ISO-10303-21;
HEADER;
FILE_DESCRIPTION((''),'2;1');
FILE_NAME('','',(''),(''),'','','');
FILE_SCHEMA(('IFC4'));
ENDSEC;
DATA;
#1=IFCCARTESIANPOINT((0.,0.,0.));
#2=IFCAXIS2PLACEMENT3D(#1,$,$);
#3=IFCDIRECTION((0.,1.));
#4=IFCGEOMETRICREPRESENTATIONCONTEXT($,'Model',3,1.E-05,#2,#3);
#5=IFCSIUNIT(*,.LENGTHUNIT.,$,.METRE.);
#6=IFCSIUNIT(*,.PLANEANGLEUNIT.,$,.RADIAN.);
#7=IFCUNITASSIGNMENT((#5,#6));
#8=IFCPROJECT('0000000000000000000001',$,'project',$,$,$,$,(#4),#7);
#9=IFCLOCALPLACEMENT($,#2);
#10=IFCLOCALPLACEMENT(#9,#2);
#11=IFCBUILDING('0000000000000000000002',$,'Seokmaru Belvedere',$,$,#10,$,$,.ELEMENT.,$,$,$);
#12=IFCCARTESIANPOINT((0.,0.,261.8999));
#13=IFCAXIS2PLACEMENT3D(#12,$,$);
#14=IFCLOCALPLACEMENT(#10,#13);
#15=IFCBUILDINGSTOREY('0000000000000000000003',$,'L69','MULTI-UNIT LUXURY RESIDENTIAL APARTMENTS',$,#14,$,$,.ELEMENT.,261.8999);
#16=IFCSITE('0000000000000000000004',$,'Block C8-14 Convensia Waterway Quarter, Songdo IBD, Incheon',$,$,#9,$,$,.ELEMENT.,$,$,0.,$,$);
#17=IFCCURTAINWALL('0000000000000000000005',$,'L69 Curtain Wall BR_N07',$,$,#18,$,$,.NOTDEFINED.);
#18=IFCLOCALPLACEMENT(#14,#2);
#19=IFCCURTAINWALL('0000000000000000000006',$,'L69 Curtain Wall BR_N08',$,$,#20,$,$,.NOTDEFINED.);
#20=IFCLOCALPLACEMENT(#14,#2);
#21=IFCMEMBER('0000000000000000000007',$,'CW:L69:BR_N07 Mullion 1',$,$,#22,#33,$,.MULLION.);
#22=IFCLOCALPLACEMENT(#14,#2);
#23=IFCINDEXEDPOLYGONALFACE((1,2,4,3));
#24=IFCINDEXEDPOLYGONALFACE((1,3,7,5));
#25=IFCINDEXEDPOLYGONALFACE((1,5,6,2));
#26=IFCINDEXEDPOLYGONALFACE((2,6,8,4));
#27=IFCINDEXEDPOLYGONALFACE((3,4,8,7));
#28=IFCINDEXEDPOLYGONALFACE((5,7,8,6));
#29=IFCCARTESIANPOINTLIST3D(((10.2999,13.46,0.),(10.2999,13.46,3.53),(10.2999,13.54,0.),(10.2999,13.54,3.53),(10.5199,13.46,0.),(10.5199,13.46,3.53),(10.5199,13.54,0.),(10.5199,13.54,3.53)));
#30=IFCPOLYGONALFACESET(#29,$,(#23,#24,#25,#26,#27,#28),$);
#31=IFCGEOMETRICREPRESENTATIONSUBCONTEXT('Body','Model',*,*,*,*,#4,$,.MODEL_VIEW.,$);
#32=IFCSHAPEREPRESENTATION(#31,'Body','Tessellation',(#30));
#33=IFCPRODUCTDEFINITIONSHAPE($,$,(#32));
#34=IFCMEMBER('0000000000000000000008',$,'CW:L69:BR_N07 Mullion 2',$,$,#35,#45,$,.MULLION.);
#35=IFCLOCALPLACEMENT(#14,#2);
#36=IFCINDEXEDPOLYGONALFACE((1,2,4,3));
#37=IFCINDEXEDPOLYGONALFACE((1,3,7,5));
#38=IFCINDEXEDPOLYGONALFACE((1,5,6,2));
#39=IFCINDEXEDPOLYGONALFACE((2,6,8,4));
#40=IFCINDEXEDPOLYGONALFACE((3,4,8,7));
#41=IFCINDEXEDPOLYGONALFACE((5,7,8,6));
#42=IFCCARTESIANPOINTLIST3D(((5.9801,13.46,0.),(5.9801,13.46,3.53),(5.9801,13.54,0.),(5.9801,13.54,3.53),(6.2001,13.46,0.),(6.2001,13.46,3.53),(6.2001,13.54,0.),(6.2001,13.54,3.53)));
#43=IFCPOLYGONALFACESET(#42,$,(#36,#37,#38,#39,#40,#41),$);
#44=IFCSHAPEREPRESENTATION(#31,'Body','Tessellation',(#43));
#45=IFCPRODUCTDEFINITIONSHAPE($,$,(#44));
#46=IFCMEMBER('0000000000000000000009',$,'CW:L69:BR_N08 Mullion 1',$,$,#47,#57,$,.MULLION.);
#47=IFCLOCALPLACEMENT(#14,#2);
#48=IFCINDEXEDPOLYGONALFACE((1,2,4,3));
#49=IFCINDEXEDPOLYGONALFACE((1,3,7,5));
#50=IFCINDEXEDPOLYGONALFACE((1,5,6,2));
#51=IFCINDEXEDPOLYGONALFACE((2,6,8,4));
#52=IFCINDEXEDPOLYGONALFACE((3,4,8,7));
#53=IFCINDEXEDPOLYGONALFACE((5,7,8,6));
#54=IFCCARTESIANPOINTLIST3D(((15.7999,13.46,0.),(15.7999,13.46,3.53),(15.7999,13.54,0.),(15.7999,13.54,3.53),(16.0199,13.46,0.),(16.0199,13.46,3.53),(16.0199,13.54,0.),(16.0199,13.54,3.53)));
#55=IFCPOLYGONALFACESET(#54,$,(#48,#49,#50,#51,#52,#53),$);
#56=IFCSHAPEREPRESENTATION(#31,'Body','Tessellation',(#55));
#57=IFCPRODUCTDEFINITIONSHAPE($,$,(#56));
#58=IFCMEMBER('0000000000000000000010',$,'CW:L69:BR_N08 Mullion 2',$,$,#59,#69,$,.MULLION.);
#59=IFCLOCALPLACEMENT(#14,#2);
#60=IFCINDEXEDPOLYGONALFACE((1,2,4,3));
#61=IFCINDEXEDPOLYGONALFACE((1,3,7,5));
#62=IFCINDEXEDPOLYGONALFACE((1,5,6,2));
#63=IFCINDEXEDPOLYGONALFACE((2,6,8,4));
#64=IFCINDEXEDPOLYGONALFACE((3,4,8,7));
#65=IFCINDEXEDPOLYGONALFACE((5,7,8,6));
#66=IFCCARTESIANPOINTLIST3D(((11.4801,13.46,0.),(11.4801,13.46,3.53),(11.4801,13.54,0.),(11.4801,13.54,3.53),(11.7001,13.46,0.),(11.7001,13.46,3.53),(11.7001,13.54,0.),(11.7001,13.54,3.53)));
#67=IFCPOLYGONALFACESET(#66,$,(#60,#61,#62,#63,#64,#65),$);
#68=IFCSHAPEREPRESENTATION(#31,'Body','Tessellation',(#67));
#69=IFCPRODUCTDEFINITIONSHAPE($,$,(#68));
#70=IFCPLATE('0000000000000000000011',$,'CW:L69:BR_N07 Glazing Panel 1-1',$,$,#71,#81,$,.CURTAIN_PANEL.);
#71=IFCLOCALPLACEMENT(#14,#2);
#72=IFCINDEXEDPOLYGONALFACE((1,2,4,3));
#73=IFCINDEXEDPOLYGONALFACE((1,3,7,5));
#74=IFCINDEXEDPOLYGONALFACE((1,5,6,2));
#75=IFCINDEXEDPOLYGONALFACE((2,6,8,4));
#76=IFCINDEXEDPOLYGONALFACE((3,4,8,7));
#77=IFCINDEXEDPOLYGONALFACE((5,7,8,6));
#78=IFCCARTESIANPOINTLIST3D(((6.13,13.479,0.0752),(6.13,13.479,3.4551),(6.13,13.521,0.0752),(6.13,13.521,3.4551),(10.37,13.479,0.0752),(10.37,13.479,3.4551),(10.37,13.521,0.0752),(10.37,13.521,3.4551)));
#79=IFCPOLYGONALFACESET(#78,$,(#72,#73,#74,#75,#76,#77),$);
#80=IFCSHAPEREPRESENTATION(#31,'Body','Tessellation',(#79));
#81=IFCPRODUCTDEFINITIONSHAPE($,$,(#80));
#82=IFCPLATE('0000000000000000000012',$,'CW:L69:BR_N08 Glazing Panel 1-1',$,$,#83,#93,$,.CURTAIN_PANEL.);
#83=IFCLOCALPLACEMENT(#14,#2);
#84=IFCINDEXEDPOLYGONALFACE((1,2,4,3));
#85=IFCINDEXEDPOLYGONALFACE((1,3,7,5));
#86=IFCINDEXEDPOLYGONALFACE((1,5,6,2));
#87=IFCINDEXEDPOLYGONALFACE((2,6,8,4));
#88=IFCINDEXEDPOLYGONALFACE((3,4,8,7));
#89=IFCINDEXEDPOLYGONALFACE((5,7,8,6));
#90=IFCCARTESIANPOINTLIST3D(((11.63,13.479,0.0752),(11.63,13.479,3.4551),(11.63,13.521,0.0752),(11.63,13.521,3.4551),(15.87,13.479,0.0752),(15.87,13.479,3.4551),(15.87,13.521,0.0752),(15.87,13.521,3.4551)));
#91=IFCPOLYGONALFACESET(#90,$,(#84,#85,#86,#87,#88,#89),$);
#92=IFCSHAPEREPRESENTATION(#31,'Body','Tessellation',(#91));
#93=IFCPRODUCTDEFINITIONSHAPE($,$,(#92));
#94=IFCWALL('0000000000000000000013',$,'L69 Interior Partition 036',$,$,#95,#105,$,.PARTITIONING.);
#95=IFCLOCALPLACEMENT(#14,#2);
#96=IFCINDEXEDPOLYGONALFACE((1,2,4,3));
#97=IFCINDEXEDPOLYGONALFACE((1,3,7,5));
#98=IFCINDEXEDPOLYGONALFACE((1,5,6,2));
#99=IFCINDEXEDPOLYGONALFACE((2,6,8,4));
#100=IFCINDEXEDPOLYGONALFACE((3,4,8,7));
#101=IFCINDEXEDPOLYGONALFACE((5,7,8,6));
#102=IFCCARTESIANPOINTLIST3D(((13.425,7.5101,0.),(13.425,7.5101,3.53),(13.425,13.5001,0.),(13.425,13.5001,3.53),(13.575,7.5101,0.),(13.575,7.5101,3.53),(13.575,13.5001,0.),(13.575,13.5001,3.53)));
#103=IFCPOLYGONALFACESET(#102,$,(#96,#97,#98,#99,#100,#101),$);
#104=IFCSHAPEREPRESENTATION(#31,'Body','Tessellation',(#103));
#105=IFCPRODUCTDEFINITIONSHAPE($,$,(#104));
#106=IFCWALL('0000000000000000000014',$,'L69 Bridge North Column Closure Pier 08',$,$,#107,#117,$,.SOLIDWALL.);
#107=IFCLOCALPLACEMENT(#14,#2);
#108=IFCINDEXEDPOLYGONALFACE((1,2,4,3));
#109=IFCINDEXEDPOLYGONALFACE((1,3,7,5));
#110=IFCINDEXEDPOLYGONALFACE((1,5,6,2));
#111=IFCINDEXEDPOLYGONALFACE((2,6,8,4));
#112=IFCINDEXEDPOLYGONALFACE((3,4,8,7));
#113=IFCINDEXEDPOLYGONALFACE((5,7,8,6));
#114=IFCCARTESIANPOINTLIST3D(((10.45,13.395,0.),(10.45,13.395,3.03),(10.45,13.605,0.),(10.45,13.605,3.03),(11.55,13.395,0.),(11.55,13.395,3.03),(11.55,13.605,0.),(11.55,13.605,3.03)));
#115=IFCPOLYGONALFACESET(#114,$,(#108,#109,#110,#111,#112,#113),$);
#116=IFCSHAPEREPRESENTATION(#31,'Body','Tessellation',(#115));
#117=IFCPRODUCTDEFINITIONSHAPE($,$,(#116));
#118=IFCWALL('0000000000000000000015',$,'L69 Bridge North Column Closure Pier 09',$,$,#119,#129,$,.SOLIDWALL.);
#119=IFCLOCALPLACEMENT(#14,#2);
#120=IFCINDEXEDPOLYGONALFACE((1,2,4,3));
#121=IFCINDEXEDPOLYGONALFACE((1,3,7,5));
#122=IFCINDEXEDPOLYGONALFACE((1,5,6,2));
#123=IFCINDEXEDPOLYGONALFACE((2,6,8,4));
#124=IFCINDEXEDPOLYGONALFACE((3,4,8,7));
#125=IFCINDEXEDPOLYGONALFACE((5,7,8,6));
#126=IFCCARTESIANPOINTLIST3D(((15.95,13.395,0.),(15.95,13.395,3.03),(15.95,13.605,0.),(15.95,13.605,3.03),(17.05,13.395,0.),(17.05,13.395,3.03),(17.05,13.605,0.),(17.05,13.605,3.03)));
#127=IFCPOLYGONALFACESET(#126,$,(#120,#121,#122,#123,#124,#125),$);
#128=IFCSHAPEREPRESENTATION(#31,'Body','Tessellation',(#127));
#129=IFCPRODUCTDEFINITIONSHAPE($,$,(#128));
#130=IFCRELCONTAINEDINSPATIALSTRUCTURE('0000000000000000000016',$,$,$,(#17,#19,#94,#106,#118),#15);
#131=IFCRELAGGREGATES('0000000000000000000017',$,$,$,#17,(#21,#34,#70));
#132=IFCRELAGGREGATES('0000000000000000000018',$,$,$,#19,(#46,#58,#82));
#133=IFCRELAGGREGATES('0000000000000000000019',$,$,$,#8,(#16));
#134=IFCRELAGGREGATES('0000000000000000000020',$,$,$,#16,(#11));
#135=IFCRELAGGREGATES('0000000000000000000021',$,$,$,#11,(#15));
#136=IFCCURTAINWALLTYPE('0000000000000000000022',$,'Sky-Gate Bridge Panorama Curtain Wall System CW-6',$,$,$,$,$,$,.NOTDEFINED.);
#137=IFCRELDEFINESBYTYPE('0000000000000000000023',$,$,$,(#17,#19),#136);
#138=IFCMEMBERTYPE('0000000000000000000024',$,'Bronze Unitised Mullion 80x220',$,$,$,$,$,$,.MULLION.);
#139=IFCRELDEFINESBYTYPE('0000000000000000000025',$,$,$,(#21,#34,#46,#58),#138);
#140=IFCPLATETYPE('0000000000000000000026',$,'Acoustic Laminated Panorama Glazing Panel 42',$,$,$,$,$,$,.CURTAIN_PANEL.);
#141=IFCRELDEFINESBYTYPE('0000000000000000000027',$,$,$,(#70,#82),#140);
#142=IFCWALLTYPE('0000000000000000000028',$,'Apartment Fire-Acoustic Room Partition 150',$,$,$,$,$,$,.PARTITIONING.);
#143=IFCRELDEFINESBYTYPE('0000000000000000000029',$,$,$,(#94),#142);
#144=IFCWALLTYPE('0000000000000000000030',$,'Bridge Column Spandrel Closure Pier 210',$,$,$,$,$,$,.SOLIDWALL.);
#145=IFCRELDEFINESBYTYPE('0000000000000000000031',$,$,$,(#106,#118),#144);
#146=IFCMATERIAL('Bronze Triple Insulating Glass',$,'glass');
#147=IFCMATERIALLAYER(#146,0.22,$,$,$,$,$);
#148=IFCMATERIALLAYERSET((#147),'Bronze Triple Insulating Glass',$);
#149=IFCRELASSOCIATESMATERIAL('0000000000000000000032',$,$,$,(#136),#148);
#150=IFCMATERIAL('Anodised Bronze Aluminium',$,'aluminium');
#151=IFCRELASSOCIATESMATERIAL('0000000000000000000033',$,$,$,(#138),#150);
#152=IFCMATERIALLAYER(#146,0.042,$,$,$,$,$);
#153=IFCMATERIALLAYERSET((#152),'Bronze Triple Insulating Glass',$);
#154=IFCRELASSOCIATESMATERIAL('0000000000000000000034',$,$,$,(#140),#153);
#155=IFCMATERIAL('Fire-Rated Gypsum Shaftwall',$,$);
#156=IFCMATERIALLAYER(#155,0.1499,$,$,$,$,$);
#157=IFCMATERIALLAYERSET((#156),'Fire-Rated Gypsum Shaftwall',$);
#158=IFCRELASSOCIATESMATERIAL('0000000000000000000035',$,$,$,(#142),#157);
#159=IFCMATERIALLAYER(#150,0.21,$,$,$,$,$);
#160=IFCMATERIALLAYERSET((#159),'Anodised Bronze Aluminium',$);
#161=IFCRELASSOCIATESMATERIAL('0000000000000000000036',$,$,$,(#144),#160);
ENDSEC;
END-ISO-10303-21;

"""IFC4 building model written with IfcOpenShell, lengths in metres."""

from ifc_helpers import new_model, si_unit, direction, frame, frame_2d, origin, origin_2d, place, context, subcontext, project, spatial, rectangle, extrude, source, transform, mapped, material, layer, layer_set, material_profile, profile_set, type_object, type_shapes, element, aggregate, save


model = new_model("IFC4")

# Units and contexts
model_context = context("Model", 3, precision=1e-05, world=origin(), true_north=direction((0.0, 1.0)))
body_context = subcontext(model_context, "Body", "Model", "MODEL_VIEW")
ifc_project = project(units=[si_unit("LENGTHUNIT", "METRE"), si_unit("PLANEANGLEUNIT", "RADIAN")], contexts=[model_context])

# Site, building, storey
site_placement = place(None, origin())
site = spatial("IfcSite", under=ifc_project, at=site_placement, Name="Block C8-14 Convensia Waterway Quarter, Songdo IBD, Incheon", CompositionType="ELEMENT", RefElevation=0.0)
building_placement = place(site_placement, origin())
building = spatial("IfcBuilding", under=site, at=building_placement, Name="Seokmaru Belvedere", CompositionType="ELEMENT")
storey_placement = place(building_placement, frame((0.0, 0.0, 261.8999)))
storey = spatial("IfcBuildingStorey", under=building, at=storey_placement, Name="L69", Description="MULTI-UNIT LUXURY RESIDENTIAL APARTMENTS", CompositionType="ELEMENT", Elevation=261.8999)

# Curtain walls
ifc_material_1 = material(Name="Bronze Triple Insulating Glass", Category="glass")
ifc_layer_1 = layer(ifc_material_1, 0.22)
ifc_layer_set_1 = layer_set([ifc_layer_1], Name="Bronze Triple Insulating Glass")
curtain_wall_type = type_object("IfcCurtainWallType", Name="Sky-Gate Bridge Panorama Curtain Wall System CW-6", PredefinedType="NOTDEFINED", material=ifc_layer_set_1)
curtain_wall_1_placement = place(storey_placement, origin())
curtain_wall_1 = element("IfcCurtainWall", 1, at=curtain_wall_1_placement, inside=storey, type_object=curtain_wall_type, Name="L69 Curtain Wall BR_N07", PredefinedType="NOTDEFINED")
ifc_material_2 = material(Name="Anodised Bronze Aluminium", Category="aluminium")
curtain_wall_2_placement = place(storey_placement, origin())
curtain_wall_2 = element("IfcCurtainWall", 2, at=curtain_wall_2_placement, inside=storey, type_object=curtain_wall_type, Name="L69 Curtain Wall BR_N08", PredefinedType="NOTDEFINED")

# Members
ifc_material_profile_1 = material_profile(ifc_material_2, rectangle(XDim=0.0801, YDim=0.22, at=origin_2d()), Name="CW-M-80x220")
ifc_profile_set_1 = profile_set([ifc_material_profile_1], Name="Anodised Bronze Aluminium")
member_type_1 = type_object("IfcMemberType", Name="Bronze Unitised Mullion 80x220", PredefinedType="MULLION", material=ifc_profile_set_1)
shared_shape_1 = source(origin(), body_context, "Body", "SweptSolid", [
    extrude(rectangle(XDim=0.0801, YDim=0.22, at=origin_2d()), origin(), (0.0, 0.0, 1.0), 3.53),
])
type_shapes(member_type_1, [shared_shape_1])
member_1_placement = place(storey_placement, frame((10.4099, 13.5, 0.0), z_axis=(0.0, 0.0, 1.0), x_axis=(0.0, -1.0, 0.0)))
member_1 = element("IfcMember", 3, at=member_1_placement, type_object=member_type_1, Name="CW:L69:BR_N07 Mullion 1", PredefinedType="MULLION", context=body_context, shape_type="MappedRepresentation", body=[
    mapped(shared_shape_1, transform((0.0, 0.0, 0.0), scale=1.0)),
])
member_2_placement = place(storey_placement, frame((6.0901, 13.5, 0.0), z_axis=(0.0, 0.0, 1.0), x_axis=(0.0, -1.0, 0.0)))
member_2 = element("IfcMember", 4, at=member_2_placement, type_object=member_type_1, Name="CW:L69:BR_N07 Mullion 2", PredefinedType="MULLION", context=body_context, shape_type="MappedRepresentation", body=[
    mapped(shared_shape_1, transform((0.0, 0.0, 0.0), scale=1.0)),
])
member_3_placement = place(storey_placement, frame((15.9099, 13.5, 0.0), z_axis=(0.0, 0.0, 1.0), x_axis=(0.0, -1.0, 0.0)))
member_3 = element("IfcMember", 5, at=member_3_placement, type_object=member_type_1, Name="CW:L69:BR_N08 Mullion 1", PredefinedType="MULLION", context=body_context, shape_type="MappedRepresentation", body=[
    mapped(shared_shape_1, transform((0.0, 0.0, 0.0), scale=1.0)),
])
member_4_placement = place(storey_placement, frame((11.5901, 13.5, 0.0), z_axis=(0.0, 0.0, 1.0), x_axis=(0.0, -1.0, 0.0)))
member_4 = element("IfcMember", 6, at=member_4_placement, type_object=member_type_1, Name="CW:L69:BR_N08 Mullion 2", PredefinedType="MULLION", context=body_context, shape_type="MappedRepresentation", body=[
    mapped(shared_shape_1, transform((0.0, 0.0, 0.0), scale=1.0)),
])

# Plates
ifc_layer_2 = layer(ifc_material_1, 0.042)
ifc_layer_set_2 = layer_set([ifc_layer_2], Name="Bronze Triple Insulating Glass")
plate_type = type_object("IfcPlateType", Name="Acoustic Laminated Panorama Glazing Panel 42", PredefinedType="CURTAIN_PANEL", material=ifc_layer_set_2)
shared_shape_2 = source(origin(), body_context, "Body", "SweptSolid", [
    extrude(rectangle(XDim=4.24, YDim=0.042, at=origin_2d()), origin(), (0.0, 0.0, 1.0), 3.3799),
])
type_shapes(plate_type, [shared_shape_2])
plate_1_placement = place(storey_placement, frame((8.25, 13.5, 0.0752), z_axis=(0.0, 0.0, 1.0), x_axis=(-1.0, 0.0, 0.0)))
plate_1 = element("IfcPlate", 7, at=plate_1_placement, type_object=plate_type, Name="CW:L69:BR_N07 Glazing Panel 1-1", PredefinedType="CURTAIN_PANEL", context=body_context, shape_type="MappedRepresentation", body=[
    mapped(shared_shape_2, transform((0.0, 0.0, 0.0), scale=1.0)),
])
aggregate(curtain_wall_1, [member_1, member_2, plate_1])
plate_2_placement = place(storey_placement, frame((13.75, 13.5, 0.0752), z_axis=(0.0, 0.0, 1.0), x_axis=(-1.0, 0.0, 0.0)))
plate_2 = element("IfcPlate", 8, at=plate_2_placement, type_object=plate_type, Name="CW:L69:BR_N08 Glazing Panel 1-1", PredefinedType="CURTAIN_PANEL", context=body_context, shape_type="MappedRepresentation", body=[
    mapped(shared_shape_2, transform((0.0, 0.0, 0.0), scale=1.0)),
])
aggregate(curtain_wall_2, [member_3, member_4, plate_2])

# Walls
ifc_material_3 = material(Name="Fire-Rated Gypsum Shaftwall")
ifc_layer_3 = layer(ifc_material_3, 0.1499)
ifc_layer_set_3 = layer_set([ifc_layer_3], Name="Fire-Rated Gypsum Shaftwall")
wall_type_1 = type_object("IfcWallType", Name="Apartment Fire-Acoustic Room Partition 150", PredefinedType="PARTITIONING", material=ifc_layer_set_3)
wall_placement = place(storey_placement, frame((13.5, 7.51, 0.0), z_axis=(0.0, 0.0, 1.0), x_axis=(0.0, 1.0, 0.0)))
element("IfcWall", 9, at=wall_placement, inside=storey, type_object=wall_type_1, Name="L69 Interior Partition 036", PredefinedType="PARTITIONING", context=body_context, shape_type="SweptSolid", body=[
    extrude(rectangle(XDim=5.99, YDim=0.1499, at=frame_2d((2.9951, 0.0))), origin(), (0.0, 0.0, 1.0), 3.53),
])
ifc_layer_4 = layer(ifc_material_2, 0.21)
ifc_layer_set_4 = layer_set([ifc_layer_4], Name="Anodised Bronze Aluminium")
wall_type_2 = type_object("IfcWallType", Name="Bridge Column Spandrel Closure Pier 210", PredefinedType="SOLIDWALL", material=ifc_layer_set_4)
for number, where, z_axis, x_axis, name in (
    (10, (10.45, 13.5, 0.0), (0.0, 0.0, 1.0), (1.0, 0.0, 0.0), "L69 Bridge North Column Closure Pier 08"),
    (11, (15.95, 13.5, 0.0), (0.0, 0.0, 1.0), (1.0, 0.0, 0.0), "L69 Bridge North Column Closure Pier 09"),
):
    element("IfcWall", number, at=place(storey_placement, frame(where, z_axis=z_axis, x_axis=x_axis)), inside=storey, type_object=wall_type_2, Name=name, PredefinedType="SOLIDWALL", context=body_context, shape_type="SweptSolid", body=[
        extrude(rectangle(XDim=1.1001, YDim=0.21, at=frame_2d((0.55, 0.0))), origin(), (0.0, 0.0, 1.0), 3.03),
    ])

save(model, "model.ifc")
